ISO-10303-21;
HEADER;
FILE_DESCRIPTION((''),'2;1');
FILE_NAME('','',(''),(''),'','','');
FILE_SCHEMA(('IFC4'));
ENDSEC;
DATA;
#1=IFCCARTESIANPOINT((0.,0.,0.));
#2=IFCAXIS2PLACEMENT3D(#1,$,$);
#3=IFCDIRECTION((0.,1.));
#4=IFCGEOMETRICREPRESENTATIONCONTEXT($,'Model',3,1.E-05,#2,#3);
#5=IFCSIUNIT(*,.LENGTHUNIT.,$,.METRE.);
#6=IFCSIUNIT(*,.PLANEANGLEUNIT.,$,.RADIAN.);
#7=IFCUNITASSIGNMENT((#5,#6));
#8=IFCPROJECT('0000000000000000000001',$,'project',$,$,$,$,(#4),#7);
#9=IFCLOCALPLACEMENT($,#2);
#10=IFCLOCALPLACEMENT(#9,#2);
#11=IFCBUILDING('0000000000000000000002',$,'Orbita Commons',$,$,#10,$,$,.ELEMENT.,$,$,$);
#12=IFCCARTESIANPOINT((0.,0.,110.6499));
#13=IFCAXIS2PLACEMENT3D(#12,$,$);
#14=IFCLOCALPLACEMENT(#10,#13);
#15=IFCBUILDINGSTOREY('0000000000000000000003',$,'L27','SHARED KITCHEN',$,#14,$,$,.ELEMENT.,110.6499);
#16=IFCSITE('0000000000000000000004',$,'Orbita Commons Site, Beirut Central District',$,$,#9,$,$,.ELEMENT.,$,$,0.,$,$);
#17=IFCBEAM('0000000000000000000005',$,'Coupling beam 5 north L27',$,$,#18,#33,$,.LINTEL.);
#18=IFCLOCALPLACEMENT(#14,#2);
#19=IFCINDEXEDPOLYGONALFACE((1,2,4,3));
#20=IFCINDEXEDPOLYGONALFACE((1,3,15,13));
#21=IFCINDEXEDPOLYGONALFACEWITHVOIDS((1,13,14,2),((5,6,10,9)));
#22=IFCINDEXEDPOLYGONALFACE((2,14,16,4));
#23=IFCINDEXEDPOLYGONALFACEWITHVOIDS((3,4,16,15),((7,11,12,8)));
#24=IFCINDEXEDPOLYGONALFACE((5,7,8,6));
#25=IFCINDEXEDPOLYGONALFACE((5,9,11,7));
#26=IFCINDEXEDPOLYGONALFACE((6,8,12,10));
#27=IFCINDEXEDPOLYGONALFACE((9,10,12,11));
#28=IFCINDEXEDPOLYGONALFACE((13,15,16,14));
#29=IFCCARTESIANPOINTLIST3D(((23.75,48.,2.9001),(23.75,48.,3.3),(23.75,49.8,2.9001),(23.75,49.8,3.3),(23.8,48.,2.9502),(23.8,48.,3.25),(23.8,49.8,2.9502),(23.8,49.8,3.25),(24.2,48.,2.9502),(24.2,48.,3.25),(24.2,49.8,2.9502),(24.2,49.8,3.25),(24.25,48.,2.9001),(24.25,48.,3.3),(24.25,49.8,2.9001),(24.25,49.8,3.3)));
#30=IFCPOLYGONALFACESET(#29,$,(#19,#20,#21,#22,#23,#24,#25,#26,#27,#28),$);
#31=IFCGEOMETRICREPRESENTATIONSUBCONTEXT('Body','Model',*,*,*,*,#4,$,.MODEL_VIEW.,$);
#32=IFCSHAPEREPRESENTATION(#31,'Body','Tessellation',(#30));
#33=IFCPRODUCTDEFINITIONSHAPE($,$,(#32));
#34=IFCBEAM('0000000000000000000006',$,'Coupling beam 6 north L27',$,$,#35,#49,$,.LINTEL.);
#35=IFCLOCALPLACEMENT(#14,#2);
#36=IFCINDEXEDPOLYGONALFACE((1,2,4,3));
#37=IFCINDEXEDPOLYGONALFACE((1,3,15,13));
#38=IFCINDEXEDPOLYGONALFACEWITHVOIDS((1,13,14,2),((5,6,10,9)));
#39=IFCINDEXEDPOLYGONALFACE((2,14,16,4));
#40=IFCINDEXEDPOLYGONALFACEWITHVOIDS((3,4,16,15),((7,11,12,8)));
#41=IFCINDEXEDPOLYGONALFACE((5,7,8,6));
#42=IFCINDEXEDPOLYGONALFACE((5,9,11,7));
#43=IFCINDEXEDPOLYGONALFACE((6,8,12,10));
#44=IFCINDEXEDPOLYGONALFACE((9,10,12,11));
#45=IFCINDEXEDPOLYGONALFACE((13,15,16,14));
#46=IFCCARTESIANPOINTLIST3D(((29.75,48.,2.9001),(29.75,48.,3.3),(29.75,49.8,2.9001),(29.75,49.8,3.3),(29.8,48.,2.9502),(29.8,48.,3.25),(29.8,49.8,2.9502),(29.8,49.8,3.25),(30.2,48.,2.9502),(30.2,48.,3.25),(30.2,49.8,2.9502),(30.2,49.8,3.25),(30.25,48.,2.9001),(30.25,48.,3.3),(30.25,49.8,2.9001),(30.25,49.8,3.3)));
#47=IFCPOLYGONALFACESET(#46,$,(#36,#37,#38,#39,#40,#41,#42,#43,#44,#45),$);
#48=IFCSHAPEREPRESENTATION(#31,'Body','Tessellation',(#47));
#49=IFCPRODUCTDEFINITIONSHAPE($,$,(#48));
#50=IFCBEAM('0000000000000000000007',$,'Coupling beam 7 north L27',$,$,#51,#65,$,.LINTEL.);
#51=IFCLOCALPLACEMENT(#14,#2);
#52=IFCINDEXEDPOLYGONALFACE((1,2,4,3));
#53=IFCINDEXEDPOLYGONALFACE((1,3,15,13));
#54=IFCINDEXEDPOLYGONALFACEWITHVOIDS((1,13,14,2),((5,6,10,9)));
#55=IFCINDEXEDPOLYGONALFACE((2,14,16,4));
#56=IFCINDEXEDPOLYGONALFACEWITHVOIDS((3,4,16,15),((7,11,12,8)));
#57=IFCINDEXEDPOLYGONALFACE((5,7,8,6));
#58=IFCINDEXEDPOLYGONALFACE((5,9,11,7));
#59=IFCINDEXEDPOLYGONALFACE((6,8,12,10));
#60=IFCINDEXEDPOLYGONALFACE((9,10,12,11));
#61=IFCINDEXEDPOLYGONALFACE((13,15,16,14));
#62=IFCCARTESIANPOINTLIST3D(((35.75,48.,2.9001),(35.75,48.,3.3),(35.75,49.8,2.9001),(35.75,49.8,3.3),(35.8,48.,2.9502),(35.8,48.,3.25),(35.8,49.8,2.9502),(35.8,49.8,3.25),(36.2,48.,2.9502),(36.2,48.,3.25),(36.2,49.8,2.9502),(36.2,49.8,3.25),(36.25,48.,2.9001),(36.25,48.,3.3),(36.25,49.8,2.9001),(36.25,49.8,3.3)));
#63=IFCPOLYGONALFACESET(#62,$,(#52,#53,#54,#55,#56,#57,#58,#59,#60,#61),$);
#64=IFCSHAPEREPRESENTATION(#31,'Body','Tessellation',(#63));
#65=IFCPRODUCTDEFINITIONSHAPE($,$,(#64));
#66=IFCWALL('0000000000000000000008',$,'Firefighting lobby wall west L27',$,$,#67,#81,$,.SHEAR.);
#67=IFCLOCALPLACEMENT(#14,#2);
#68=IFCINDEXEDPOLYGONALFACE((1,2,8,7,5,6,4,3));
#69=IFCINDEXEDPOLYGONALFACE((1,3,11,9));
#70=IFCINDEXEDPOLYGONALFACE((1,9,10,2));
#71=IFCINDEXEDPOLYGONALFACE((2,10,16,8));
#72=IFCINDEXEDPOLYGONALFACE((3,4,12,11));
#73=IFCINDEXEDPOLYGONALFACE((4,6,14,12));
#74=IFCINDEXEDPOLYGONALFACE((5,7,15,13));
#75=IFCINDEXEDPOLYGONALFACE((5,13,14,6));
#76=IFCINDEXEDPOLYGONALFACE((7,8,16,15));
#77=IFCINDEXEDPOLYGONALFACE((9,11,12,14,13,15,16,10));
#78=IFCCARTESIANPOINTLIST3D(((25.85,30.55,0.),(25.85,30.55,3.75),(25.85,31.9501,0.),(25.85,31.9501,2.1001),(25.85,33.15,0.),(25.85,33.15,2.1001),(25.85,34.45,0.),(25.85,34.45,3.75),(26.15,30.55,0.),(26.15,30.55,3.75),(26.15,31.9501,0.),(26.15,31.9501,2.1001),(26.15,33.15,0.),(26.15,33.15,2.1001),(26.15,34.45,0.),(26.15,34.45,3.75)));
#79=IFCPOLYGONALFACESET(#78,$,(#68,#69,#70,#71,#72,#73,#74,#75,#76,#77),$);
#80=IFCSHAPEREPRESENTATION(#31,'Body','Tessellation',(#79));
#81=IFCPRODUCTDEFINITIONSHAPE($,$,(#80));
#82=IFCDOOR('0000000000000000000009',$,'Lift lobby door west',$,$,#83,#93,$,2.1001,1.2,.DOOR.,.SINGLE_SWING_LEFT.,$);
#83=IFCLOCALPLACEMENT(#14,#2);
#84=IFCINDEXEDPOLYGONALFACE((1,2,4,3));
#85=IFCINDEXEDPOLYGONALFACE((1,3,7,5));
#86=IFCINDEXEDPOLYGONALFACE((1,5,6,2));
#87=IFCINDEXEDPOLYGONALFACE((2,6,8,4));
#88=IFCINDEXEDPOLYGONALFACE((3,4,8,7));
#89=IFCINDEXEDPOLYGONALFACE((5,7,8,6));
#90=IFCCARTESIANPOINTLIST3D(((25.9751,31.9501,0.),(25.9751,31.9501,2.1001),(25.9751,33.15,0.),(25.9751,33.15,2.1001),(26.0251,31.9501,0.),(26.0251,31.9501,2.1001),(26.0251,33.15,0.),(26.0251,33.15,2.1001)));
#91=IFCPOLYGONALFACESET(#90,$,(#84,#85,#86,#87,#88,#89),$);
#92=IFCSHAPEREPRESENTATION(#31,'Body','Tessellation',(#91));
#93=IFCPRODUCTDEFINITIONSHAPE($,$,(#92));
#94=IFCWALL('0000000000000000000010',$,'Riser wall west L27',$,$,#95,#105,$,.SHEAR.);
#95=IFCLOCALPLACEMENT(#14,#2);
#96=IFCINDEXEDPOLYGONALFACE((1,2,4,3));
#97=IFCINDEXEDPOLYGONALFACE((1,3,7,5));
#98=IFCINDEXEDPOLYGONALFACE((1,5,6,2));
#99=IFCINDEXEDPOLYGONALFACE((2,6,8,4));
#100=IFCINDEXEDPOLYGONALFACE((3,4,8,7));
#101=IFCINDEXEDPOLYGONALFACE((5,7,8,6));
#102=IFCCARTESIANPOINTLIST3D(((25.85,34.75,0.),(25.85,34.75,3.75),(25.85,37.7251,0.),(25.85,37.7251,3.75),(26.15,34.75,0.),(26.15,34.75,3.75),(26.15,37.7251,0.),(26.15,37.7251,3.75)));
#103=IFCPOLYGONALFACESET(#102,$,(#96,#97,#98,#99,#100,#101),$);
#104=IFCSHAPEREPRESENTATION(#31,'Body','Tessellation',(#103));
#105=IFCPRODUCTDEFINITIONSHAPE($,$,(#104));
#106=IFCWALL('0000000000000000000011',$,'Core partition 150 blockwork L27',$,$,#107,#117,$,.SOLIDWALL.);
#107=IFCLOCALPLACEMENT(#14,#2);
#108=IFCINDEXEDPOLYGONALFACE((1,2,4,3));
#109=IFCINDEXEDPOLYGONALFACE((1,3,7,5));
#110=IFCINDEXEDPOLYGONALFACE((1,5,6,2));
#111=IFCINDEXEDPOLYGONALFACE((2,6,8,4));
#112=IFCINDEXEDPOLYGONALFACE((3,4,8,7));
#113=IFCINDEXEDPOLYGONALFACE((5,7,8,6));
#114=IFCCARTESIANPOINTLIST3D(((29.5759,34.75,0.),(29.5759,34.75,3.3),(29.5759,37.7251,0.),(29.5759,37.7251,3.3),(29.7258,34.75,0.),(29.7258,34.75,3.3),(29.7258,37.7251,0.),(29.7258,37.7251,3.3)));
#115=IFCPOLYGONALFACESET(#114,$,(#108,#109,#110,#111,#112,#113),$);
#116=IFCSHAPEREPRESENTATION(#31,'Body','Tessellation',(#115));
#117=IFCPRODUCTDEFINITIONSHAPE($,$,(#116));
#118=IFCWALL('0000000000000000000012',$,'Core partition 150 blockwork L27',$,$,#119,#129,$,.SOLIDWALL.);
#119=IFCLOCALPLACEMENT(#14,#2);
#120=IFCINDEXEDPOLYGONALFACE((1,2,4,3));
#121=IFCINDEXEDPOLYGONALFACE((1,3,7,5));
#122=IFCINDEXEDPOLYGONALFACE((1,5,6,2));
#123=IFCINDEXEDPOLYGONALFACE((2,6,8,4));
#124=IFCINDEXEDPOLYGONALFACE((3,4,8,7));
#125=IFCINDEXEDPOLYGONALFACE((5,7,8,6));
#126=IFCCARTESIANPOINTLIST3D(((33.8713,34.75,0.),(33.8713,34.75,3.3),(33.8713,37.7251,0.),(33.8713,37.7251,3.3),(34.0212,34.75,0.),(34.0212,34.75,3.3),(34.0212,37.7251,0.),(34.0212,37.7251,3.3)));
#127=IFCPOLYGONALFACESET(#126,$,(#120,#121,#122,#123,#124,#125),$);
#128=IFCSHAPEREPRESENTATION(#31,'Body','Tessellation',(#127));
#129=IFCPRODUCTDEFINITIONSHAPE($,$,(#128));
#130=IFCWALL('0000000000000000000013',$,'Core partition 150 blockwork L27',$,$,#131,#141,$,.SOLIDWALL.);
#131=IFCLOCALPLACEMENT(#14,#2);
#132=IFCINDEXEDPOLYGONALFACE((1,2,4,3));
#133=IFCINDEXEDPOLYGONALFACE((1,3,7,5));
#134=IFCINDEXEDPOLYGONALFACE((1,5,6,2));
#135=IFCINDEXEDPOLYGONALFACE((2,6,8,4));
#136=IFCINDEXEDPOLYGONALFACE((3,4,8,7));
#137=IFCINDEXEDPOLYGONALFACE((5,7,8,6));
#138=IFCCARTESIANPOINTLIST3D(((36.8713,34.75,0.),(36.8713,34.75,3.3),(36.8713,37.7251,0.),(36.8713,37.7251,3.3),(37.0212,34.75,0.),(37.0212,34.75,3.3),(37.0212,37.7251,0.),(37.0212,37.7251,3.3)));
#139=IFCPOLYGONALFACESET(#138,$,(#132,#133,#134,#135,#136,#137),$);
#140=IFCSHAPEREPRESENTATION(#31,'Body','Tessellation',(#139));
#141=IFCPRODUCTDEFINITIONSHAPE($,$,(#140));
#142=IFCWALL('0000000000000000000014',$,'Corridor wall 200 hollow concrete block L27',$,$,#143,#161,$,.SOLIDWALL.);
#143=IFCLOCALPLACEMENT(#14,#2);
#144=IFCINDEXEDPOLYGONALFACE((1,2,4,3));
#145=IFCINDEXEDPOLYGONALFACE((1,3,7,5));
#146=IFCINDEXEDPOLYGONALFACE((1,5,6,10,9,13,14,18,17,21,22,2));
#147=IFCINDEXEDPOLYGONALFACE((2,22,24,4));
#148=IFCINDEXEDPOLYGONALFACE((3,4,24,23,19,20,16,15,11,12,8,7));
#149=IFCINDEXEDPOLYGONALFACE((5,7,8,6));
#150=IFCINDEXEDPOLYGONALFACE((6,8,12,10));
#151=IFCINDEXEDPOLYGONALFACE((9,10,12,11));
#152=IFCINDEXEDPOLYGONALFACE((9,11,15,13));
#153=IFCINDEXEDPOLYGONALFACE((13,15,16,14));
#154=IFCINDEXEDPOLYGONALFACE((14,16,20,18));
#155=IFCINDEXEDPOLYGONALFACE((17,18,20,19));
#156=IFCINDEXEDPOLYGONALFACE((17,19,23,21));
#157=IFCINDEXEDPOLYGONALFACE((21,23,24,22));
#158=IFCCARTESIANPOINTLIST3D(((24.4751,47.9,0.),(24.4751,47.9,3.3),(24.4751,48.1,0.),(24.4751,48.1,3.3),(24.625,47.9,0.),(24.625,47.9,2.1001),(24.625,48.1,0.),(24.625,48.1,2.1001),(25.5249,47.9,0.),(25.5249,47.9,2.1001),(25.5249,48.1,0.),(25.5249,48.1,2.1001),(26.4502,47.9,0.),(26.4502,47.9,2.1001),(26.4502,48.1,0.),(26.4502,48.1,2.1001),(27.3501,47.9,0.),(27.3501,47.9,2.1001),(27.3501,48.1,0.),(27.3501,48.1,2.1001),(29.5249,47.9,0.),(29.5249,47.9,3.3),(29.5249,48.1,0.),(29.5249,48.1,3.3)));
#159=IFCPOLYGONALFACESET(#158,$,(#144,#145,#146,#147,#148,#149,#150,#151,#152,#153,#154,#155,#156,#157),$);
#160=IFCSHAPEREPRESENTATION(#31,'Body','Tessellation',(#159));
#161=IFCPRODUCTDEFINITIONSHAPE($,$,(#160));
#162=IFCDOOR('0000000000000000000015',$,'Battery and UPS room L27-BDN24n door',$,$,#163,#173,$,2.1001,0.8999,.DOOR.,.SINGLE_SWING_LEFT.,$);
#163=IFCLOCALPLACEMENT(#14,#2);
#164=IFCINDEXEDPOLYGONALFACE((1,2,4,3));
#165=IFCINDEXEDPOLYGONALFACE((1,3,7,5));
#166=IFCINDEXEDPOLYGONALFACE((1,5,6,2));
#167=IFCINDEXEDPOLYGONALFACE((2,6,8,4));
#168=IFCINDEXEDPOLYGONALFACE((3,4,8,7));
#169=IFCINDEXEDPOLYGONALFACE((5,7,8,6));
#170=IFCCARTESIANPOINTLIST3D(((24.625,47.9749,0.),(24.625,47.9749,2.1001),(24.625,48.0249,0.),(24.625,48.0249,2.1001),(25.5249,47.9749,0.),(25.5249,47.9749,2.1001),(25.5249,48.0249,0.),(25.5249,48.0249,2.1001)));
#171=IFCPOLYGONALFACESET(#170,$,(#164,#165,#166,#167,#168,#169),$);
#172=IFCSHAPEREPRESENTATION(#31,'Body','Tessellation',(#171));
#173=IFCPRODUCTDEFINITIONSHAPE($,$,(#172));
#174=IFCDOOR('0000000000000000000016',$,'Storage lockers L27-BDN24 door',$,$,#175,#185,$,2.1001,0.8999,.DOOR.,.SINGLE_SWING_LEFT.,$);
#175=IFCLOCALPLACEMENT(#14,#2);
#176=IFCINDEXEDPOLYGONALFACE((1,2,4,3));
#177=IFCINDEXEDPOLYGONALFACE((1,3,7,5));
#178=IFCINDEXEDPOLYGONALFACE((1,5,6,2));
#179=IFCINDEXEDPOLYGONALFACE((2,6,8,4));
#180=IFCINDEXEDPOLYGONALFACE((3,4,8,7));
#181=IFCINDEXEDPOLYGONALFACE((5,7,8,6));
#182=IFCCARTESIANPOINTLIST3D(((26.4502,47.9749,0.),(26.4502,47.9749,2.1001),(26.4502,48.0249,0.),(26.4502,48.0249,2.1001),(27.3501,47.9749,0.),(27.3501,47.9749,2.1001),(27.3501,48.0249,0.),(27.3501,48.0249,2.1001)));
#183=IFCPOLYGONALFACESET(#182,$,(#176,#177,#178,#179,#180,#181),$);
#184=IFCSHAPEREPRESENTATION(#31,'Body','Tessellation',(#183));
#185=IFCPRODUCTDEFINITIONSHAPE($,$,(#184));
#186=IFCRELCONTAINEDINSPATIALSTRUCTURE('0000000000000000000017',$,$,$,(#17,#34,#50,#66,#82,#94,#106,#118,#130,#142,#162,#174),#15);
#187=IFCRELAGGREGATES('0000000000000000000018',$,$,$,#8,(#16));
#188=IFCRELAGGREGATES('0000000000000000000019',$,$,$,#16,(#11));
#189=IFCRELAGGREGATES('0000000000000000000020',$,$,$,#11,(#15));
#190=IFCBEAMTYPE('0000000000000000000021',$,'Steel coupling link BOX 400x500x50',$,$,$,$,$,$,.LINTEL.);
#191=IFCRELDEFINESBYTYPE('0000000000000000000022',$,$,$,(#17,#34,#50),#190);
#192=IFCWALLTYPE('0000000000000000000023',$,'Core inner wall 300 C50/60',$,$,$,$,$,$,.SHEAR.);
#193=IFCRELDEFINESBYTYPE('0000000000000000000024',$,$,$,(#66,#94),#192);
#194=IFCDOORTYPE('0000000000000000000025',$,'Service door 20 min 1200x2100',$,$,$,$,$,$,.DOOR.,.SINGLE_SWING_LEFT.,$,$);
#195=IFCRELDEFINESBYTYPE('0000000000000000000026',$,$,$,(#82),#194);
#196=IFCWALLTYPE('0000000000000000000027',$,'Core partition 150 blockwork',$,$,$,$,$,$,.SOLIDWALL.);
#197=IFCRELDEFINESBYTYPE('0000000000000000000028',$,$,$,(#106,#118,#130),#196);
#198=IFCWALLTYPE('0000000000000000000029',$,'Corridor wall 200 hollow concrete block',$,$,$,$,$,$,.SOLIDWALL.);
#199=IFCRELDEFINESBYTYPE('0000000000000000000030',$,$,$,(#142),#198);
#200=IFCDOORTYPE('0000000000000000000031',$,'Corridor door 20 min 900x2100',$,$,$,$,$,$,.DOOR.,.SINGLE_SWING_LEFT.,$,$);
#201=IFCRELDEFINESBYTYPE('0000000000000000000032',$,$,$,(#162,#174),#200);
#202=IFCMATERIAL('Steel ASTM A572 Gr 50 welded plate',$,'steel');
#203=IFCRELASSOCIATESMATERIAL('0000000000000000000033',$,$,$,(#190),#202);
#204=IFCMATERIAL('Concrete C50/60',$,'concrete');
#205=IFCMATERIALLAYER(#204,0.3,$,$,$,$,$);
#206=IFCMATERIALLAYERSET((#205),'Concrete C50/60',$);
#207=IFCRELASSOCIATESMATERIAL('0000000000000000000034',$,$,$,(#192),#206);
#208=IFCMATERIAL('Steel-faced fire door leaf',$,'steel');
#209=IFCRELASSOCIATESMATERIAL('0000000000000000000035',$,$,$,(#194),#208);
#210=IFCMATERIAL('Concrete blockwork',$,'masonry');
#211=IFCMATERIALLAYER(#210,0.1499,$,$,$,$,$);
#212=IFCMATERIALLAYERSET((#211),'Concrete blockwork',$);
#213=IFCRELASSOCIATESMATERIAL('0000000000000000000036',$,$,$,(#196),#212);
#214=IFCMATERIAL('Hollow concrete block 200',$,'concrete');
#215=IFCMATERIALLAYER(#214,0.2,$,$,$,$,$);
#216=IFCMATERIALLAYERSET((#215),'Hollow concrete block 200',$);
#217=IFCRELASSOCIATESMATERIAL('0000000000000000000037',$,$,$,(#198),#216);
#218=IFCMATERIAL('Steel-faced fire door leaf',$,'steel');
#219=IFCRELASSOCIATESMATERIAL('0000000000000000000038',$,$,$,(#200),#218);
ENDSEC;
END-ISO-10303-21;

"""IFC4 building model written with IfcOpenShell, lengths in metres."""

from ifc_helpers import new_model, si_unit, direction, frame, frame_2d, origin, origin_2d, place, context, subcontext, project, spatial, rectangle, hollow_rectangle, extrude, material, layer, layer_set, material_profile, profile_set, type_object, element, fill, save


model = new_model("IFC4")

# Units and contexts
model_context = context("Model", 3, precision=1e-05, world=origin(), true_north=direction((0.0, 1.0)))
body_context = subcontext(model_context, "Body", "Model", "MODEL_VIEW")
ifc_project = project(units=[si_unit("LENGTHUNIT", "METRE"), si_unit("PLANEANGLEUNIT", "RADIAN")], contexts=[model_context])

# Site, building, storey
site_placement = place(None, origin())
site = spatial("IfcSite", under=ifc_project, at=site_placement, Name="Orbita Commons Site, Beirut Central District", CompositionType="ELEMENT", RefElevation=0.0)
building_placement = place(site_placement, origin())
building = spatial("IfcBuilding", under=site, at=building_placement, Name="Orbita Commons", CompositionType="ELEMENT")
storey_placement = place(building_placement, frame((0.0, 0.0, 110.6499)))
storey = spatial("IfcBuildingStorey", under=building, at=storey_placement, Name="L27", Description="SHARED KITCHEN", CompositionType="ELEMENT", Elevation=110.6499)

# Beams
ifc_material_1 = material(Name="Steel ASTM A572 Gr 50 welded plate", Category="steel")
ifc_material_profile = material_profile(ifc_material_1, hollow_rectangle(XDim=0.5, YDim=0.3999, WallThickness=0.05, at=origin_2d()), Name="BOX 400x500x50")
ifc_profile_set = profile_set([ifc_material_profile], Name="Steel ASTM A572 Gr 50 welded plate")
beam_type = type_object("IfcBeamType", Name="Steel coupling link BOX 400x500x50", PredefinedType="LINTEL", material=ifc_profile_set)
for number, where, z_axis, x_axis, name in (
    (1, (24.0, 48.0, 3.1001), (0.0, 1.0, 0.0), (-1.0, 0.0, 0.0), "Coupling beam 5 north L27"),
    (2, (30.0, 48.0, 3.1001), (0.0, 1.0, 0.0), (-1.0, 0.0, 0.0), "Coupling beam 6 north L27"),
    (3, (36.0, 48.0, 3.1001), (0.0, 1.0, 0.0), (-1.0, 0.0, 0.0), "Coupling beam 7 north L27"),
):
    element("IfcBeam", number, at=place(storey_placement, frame(where, z_axis=z_axis, x_axis=x_axis)), inside=storey, type_object=beam_type, Name=name, PredefinedType="LINTEL", context=body_context, shape_type="SweptSolid", body=[
        extrude(hollow_rectangle(XDim=0.5, YDim=0.3999, WallThickness=0.05, at=origin_2d()), origin(), (0.0, 0.0, 1.0), 1.8),
    ])

# Wall, opening, door
ifc_material_2 = material(Name="Concrete C50/60", Category="concrete")
ifc_layer_1 = layer(ifc_material_2, 0.3)
ifc_layer_set_1 = layer_set([ifc_layer_1], Name="Concrete C50/60")
wall_type_1 = type_object("IfcWallType", Name="Core inner wall 300 C50/60", PredefinedType="SHEAR", material=ifc_layer_set_1)
wall_1_placement = place(storey_placement, frame((26.0, 30.55, 0.0), z_axis=(0.0, 0.0, 1.0), x_axis=(0.0, 1.0, 0.0)))
wall_1 = element("IfcWall", 4, at=wall_1_placement, inside=storey, type_object=wall_type_1, Name="Firefighting lobby wall west L27", PredefinedType="SHEAR", context=body_context, shape_type="SweptSolid", body=[
    extrude(rectangle(XDim=3.8999, YDim=0.3, at=frame_2d((1.95, 0.0))), origin(), (0.0, 0.0, 1.0), 3.75),
])
opening_1_placement = place(wall_1_placement, frame((1.3999, 0.0, 0.0)))
opening_1 = element("IfcOpeningElement", 5, at=opening_1_placement, cuts=wall_1, PredefinedType="OPENING", context=body_context, shape_type="SweptSolid", body=[
    extrude(rectangle(XDim=1.2, YDim=2.1001, at=frame_2d((0.6001, 1.05))), frame((0.0, 0.1599, 0.0), z_axis=(0.0, -1.0, 0.0), x_axis=(1.0, 0.0, 0.0)), (0.0, 0.0, 1.0), 0.3201),
])
ifc_material_3 = material(Name="Steel-faced fire door leaf", Category="steel")
door_type_1 = type_object("IfcDoorType", Name="Service door 20 min 1200x2100", OperationType="SINGLE_SWING_LEFT", PredefinedType="DOOR", material=ifc_material_3)
door_1_placement = place(opening_1_placement, origin())
door_1 = element("IfcDoor", 6, at=door_1_placement, inside=storey, type_object=door_type_1, Name="Lift lobby door west", OperationType="SINGLE_SWING_LEFT", OverallHeight=2.1001, OverallWidth=1.2, PredefinedType="DOOR", context=body_context, shape_type="SweptSolid", body=[
    extrude(rectangle(XDim=1.2, YDim=2.1001, at=frame_2d((0.6001, 1.05))), frame((0.0, 0.0249, 0.0), z_axis=(0.0, -1.0, 0.0), x_axis=(1.0, 0.0, 0.0)), (0.0, 0.0, 1.0), 0.05),
])
fill(opening_1, door_1)

# Walls
wall_2_placement = place(storey_placement, frame((26.0, 34.75, 0.0), z_axis=(0.0, 0.0, 1.0), x_axis=(0.0, 1.0, 0.0)))
element("IfcWall", 7, at=wall_2_placement, inside=storey, type_object=wall_type_1, Name="Riser wall west L27", PredefinedType="SHEAR", context=body_context, shape_type="SweptSolid", body=[
    extrude(rectangle(XDim=2.9751, YDim=0.3, at=frame_2d((1.4875, 0.0))), origin(), (0.0, 0.0, 1.0), 3.75),
])
ifc_material_4 = material(Name="Concrete blockwork", Category="masonry")
ifc_layer_2 = layer(ifc_material_4, 0.1499)
ifc_layer_set_2 = layer_set([ifc_layer_2], Name="Concrete blockwork")
wall_type_2 = type_object("IfcWallType", Name="Core partition 150 blockwork", PredefinedType="SOLIDWALL", material=ifc_layer_set_2)
for number, where, z_axis, x_axis, name in (
    (8, (29.6509, 34.75, 0.0), (0.0, 0.0, 1.0), (0.0, 1.0, 0.0), "Core partition 150 blockwork L27"),
    (9, (33.9463, 34.75, 0.0), (0.0, 0.0, 1.0), (0.0, 1.0, 0.0), "Core partition 150 blockwork L27"),
    (10, (36.9463, 34.75, 0.0), (0.0, 0.0, 1.0), (0.0, 1.0, 0.0), "Core partition 150 blockwork L27"),
):
    element("IfcWall", number, at=place(storey_placement, frame(where, z_axis=z_axis, x_axis=x_axis)), inside=storey, type_object=wall_type_2, Name=name, PredefinedType="SOLIDWALL", context=body_context, shape_type="SweptSolid", body=[
        extrude(rectangle(XDim=2.9751, YDim=0.1499, at=frame_2d((1.4875, 0.0))), origin(), (0.0, 0.0, 1.0), 3.3),
    ])

# Wall, openings, doors
ifc_material_5 = material(Name="Hollow concrete block 200", Category="concrete")
ifc_layer_3 = layer(ifc_material_5, 0.2)
ifc_layer_set_3 = layer_set([ifc_layer_3], Name="Hollow concrete block 200")
wall_type_3 = type_object("IfcWallType", Name="Corridor wall 200 hollow concrete block", PredefinedType="SOLIDWALL", material=ifc_layer_set_3)
wall_3_placement = place(storey_placement, frame((24.4751, 48.0, 0.0), z_axis=(0.0, 0.0, 1.0), x_axis=(1.0, 0.0, 0.0)))
wall_3 = element("IfcWall", 11, at=wall_3_placement, inside=storey, type_object=wall_type_3, Name="Corridor wall 200 hollow concrete block L27", PredefinedType="SOLIDWALL", context=body_context, shape_type="SweptSolid", body=[
    extrude(rectangle(XDim=5.0498, YDim=0.2, at=frame_2d((2.5249, 0.0))), origin(), (0.0, 0.0, 1.0), 3.3),
])
opening_2_placement = place(wall_3_placement, frame((0.1499, 0.0, 0.0)))
opening_2 = element("IfcOpeningElement", 12, at=opening_2_placement, cuts=wall_3, PredefinedType="OPENING", context=body_context, shape_type="SweptSolid", body=[
    extrude(rectangle(XDim=0.8999, YDim=2.1001, at=frame_2d((0.45, 1.05))), frame((0.0, 0.1099, 0.0), z_axis=(0.0, -1.0, 0.0), x_axis=(1.0, 0.0, 0.0)), (0.0, 0.0, 1.0), 0.22),
])
opening_3_placement = place(wall_3_placement, frame((1.9751, 0.0, 0.0)))
opening_3 = element("IfcOpeningElement", 13, at=opening_3_placement, cuts=wall_3, PredefinedType="OPENING", context=body_context, shape_type="SweptSolid", body=[
    extrude(rectangle(XDim=0.8999, YDim=2.1001, at=frame_2d((0.45, 1.05))), frame((0.0, 0.1099, 0.0), z_axis=(0.0, -1.0, 0.0), x_axis=(1.0, 0.0, 0.0)), (0.0, 0.0, 1.0), 0.22),
])
ifc_material_6 = material(Name="Steel-faced fire door leaf", Category="steel")
door_type_2 = type_object("IfcDoorType", Name="Corridor door 20 min 900x2100", OperationType="SINGLE_SWING_LEFT", PredefinedType="DOOR", material=ifc_material_6)
door_2_placement = place(opening_2_placement, origin())
door_2 = element("IfcDoor", 14, at=door_2_placement, inside=storey, type_object=door_type_2, Name="Battery and UPS room L27-BDN24n door", OperationType="SINGLE_SWING_LEFT", OverallHeight=2.1001, OverallWidth=0.8999, PredefinedType="DOOR", context=body_context, shape_type="SweptSolid", body=[
    extrude(rectangle(XDim=0.8999, YDim=2.1001, at=frame_2d((0.45, 1.05))), frame((0.0, 0.0249, 0.0), z_axis=(0.0, -1.0, 0.0), x_axis=(1.0, 0.0, 0.0)), (0.0, 0.0, 1.0), 0.05),
])
fill(opening_2, door_2)
door_3_placement = place(opening_3_placement, origin())
door_3 = element("IfcDoor", 15, at=door_3_placement, inside=storey, type_object=door_type_2, Name="Storage lockers L27-BDN24 door", OperationType="SINGLE_SWING_LEFT", OverallHeight=2.1001, OverallWidth=0.8999, PredefinedType="DOOR", context=body_context, shape_type="SweptSolid", body=[
    extrude(rectangle(XDim=0.8999, YDim=2.1001, at=frame_2d((0.45, 1.05))), frame((0.0, 0.0249, 0.0), z_axis=(0.0, -1.0, 0.0), x_axis=(1.0, 0.0, 0.0)), (0.0, 0.0, 1.0), 0.05),
])
fill(opening_3, door_3)

save(model, "model.ifc")
